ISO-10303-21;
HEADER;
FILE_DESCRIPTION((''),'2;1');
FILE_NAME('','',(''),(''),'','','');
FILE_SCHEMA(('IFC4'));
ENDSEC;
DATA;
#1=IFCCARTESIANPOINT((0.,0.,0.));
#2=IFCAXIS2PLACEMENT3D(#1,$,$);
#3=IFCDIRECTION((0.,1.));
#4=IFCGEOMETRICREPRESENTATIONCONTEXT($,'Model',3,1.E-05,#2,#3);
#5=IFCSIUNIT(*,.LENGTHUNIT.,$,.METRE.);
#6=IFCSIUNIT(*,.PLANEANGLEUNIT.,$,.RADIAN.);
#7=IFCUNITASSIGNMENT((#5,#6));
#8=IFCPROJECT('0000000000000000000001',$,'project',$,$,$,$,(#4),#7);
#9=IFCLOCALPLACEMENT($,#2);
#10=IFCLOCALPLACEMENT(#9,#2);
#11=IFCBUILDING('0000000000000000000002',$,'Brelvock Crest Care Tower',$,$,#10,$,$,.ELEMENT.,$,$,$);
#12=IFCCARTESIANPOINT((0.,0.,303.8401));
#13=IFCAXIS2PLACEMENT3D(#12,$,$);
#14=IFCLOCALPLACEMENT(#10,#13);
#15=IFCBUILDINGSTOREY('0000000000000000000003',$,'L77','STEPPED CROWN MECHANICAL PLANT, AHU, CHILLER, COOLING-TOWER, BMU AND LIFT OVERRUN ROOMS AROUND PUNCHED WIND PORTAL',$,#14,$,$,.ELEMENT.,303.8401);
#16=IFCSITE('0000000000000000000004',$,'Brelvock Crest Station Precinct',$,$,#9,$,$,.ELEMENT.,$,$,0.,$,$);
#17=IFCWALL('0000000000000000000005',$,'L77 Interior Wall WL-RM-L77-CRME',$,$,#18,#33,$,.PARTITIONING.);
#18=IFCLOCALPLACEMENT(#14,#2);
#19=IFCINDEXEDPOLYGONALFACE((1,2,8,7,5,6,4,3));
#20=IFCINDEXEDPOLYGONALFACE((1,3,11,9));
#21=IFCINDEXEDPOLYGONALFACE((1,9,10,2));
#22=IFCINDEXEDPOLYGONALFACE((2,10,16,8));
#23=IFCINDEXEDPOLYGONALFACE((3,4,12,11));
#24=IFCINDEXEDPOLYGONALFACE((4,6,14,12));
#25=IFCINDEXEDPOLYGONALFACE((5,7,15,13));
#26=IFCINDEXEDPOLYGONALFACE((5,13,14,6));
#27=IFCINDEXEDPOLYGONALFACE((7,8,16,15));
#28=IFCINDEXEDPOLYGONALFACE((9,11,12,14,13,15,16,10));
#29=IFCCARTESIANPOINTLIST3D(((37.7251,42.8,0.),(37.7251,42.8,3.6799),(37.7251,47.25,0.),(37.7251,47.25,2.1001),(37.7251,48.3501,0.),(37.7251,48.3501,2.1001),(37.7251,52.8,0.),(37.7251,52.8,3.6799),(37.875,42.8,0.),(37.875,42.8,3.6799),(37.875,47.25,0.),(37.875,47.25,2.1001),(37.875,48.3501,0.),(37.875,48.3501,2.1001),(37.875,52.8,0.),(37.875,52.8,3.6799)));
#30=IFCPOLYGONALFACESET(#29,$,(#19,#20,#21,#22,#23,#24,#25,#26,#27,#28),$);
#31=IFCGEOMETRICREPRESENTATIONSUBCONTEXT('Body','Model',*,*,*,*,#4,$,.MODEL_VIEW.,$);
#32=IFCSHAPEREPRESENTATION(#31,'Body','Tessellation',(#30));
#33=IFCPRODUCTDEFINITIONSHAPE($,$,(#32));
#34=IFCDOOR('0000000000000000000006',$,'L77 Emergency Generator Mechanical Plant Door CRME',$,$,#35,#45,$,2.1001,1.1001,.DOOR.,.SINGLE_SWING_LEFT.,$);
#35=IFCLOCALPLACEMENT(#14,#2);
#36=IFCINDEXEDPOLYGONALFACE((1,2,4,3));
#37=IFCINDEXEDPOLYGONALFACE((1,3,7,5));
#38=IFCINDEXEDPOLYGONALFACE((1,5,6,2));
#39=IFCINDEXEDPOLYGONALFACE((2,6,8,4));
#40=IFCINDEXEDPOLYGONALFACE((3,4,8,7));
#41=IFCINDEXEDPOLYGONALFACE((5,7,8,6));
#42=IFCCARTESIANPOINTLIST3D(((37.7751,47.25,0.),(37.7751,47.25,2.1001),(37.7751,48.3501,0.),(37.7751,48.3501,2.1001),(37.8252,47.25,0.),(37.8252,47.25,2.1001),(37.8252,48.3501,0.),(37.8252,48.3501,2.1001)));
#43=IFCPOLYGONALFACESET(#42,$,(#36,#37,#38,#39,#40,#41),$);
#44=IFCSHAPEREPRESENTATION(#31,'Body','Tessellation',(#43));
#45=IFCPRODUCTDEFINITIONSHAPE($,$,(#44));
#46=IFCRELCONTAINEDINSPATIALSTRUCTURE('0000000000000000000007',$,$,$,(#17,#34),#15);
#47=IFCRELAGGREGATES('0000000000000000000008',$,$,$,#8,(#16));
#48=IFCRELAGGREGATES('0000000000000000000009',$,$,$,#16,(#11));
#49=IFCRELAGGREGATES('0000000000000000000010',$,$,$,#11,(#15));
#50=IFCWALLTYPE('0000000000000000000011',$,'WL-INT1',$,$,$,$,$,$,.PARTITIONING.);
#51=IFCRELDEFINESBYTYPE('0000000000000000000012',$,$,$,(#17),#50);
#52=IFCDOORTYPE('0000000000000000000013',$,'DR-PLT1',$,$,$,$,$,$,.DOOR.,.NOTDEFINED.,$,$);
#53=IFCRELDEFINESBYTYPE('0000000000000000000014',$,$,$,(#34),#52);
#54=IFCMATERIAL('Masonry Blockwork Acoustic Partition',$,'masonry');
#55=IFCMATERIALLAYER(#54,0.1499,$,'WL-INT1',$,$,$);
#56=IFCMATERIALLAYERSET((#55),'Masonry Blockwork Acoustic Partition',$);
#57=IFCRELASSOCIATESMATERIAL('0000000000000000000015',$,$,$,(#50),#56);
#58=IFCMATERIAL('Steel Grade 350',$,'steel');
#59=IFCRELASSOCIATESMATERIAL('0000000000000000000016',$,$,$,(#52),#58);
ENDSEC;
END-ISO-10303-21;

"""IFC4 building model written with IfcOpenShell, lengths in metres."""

from ifc_helpers import new_model, si_unit, direction, frame, frame_2d, origin, origin_2d, place, context, subcontext, project, spatial, rectangle, extrude, source, transform, mapped, material, layer, layer_set, type_object, element, fill, save


model = new_model("IFC4")

# Units and contexts
model_context = context("Model", 3, precision=1e-05, world=origin(), true_north=direction((0.0, 1.0)))
body_context = subcontext(model_context, "Body", "Model", "MODEL_VIEW")
ifc_project = project(units=[si_unit("LENGTHUNIT", "METRE"), si_unit("PLANEANGLEUNIT", "RADIAN")], contexts=[model_context])

# Site, building, storey
site_placement = place(None, origin())
site = spatial("IfcSite", under=ifc_project, at=site_placement, Name="Brelvock Crest Station Precinct", CompositionType="ELEMENT", RefElevation=0.0)
building_placement = place(site_placement, origin())
building = spatial("IfcBuilding", under=site, at=building_placement, Name="Brelvock Crest Care Tower", CompositionType="ELEMENT")
storey_placement = place(building_placement, frame((0.0, 0.0, 303.8401)))
storey = spatial("IfcBuildingStorey", under=building, at=storey_placement, Name="L77", Description="STEPPED CROWN MECHANICAL PLANT, AHU, CHILLER, COOLING-TOWER, BMU AND LIFT OVERRUN ROOMS AROUND PUNCHED WIND PORTAL", CompositionType="ELEMENT", Elevation=303.8401)

# Shared definitions
ifc_material_1 = material(Name="Steel Grade 350", Category="steel")

# Shared definitions
ifc_material_2 = material(Name="Masonry Blockwork Acoustic Partition", Category="masonry")
ifc_layer = layer(ifc_material_2, 0.1499, Name="WL-INT1")
ifc_layer_set = layer_set([ifc_layer], Name="Masonry Blockwork Acoustic Partition")
wall_type = type_object("IfcWallType", Name="WL-INT1", PredefinedType="PARTITIONING", material=ifc_layer_set)

# Wall, opening, door
door_type = type_object("IfcDoorType", Name="DR-PLT1", OperationType="NOTDEFINED", PredefinedType="DOOR", material=ifc_material_1)
shared_shape_1 = source(origin(), body_context, "Body", "SweptSolid", [
    extrude(rectangle(XDim=1.1001, YDim=2.1001, at=origin_2d()), frame((0.55, 0.0249, 1.05), z_axis=(0.0, -1.0, 0.0), x_axis=(1.0, 0.0, 0.0)), (0.0, 0.0, 1.0), 0.05),
])
wall_1_placement = place(storey_placement, frame((37.8, 42.8, 0.0), z_axis=(0.0, 0.0, 1.0), x_axis=(0.0, 1.0, 0.0)))
wall_1 = element("IfcWall", 1, at=wall_1_placement, inside=storey, type_object=wall_type, Name="L77 Interior Wall WL-RM-L77-CRME", PredefinedType="PARTITIONING", context=body_context, shape_type="SweptSolid", body=[
    extrude(rectangle(XDim=10.0, YDim=0.1499, at=frame_2d((5.0, 0.0))), origin(), (0.0, 0.0, 1.0), 3.6799),
])
opening_1_placement = place(wall_1_placement, frame((4.45, 0.0, 0.0)))
opening_1 = element("IfcOpeningElement", 2, at=opening_1_placement, cuts=wall_1, PredefinedType="OPENING", context=body_context, shape_type="SweptSolid", body=[
    extrude(rectangle(XDim=1.1001, YDim=2.1001, at=origin_2d()), frame((0.55, 0.085, 1.05), z_axis=(0.0, -1.0, 0.0), x_axis=(1.0, 0.0, 0.0)), (0.0, 0.0, 1.0), 0.1699),
])
door_1_placement = place(opening_1_placement, origin())
door_1 = element("IfcDoor", 3, at=door_1_placement, inside=storey, type_object=door_type, Name="L77 Emergency Generator Mechanical Plant Door CRME", OperationType="SINGLE_SWING_LEFT", OverallHeight=2.1001, OverallWidth=1.1001, PredefinedType="DOOR", context=body_context, shape_type="MappedRepresentation", body=[
    mapped(shared_shape_1, transform((0.0, 0.0, 0.0), x_axis=(1.0, 0.0, 0.0), y_axis=(0.0, 1.0, 0.0), z_axis=(0.0, 0.0, 1.0), scale=1.0)),
])
fill(opening_1, door_1)

save(model, "model.ifc")
